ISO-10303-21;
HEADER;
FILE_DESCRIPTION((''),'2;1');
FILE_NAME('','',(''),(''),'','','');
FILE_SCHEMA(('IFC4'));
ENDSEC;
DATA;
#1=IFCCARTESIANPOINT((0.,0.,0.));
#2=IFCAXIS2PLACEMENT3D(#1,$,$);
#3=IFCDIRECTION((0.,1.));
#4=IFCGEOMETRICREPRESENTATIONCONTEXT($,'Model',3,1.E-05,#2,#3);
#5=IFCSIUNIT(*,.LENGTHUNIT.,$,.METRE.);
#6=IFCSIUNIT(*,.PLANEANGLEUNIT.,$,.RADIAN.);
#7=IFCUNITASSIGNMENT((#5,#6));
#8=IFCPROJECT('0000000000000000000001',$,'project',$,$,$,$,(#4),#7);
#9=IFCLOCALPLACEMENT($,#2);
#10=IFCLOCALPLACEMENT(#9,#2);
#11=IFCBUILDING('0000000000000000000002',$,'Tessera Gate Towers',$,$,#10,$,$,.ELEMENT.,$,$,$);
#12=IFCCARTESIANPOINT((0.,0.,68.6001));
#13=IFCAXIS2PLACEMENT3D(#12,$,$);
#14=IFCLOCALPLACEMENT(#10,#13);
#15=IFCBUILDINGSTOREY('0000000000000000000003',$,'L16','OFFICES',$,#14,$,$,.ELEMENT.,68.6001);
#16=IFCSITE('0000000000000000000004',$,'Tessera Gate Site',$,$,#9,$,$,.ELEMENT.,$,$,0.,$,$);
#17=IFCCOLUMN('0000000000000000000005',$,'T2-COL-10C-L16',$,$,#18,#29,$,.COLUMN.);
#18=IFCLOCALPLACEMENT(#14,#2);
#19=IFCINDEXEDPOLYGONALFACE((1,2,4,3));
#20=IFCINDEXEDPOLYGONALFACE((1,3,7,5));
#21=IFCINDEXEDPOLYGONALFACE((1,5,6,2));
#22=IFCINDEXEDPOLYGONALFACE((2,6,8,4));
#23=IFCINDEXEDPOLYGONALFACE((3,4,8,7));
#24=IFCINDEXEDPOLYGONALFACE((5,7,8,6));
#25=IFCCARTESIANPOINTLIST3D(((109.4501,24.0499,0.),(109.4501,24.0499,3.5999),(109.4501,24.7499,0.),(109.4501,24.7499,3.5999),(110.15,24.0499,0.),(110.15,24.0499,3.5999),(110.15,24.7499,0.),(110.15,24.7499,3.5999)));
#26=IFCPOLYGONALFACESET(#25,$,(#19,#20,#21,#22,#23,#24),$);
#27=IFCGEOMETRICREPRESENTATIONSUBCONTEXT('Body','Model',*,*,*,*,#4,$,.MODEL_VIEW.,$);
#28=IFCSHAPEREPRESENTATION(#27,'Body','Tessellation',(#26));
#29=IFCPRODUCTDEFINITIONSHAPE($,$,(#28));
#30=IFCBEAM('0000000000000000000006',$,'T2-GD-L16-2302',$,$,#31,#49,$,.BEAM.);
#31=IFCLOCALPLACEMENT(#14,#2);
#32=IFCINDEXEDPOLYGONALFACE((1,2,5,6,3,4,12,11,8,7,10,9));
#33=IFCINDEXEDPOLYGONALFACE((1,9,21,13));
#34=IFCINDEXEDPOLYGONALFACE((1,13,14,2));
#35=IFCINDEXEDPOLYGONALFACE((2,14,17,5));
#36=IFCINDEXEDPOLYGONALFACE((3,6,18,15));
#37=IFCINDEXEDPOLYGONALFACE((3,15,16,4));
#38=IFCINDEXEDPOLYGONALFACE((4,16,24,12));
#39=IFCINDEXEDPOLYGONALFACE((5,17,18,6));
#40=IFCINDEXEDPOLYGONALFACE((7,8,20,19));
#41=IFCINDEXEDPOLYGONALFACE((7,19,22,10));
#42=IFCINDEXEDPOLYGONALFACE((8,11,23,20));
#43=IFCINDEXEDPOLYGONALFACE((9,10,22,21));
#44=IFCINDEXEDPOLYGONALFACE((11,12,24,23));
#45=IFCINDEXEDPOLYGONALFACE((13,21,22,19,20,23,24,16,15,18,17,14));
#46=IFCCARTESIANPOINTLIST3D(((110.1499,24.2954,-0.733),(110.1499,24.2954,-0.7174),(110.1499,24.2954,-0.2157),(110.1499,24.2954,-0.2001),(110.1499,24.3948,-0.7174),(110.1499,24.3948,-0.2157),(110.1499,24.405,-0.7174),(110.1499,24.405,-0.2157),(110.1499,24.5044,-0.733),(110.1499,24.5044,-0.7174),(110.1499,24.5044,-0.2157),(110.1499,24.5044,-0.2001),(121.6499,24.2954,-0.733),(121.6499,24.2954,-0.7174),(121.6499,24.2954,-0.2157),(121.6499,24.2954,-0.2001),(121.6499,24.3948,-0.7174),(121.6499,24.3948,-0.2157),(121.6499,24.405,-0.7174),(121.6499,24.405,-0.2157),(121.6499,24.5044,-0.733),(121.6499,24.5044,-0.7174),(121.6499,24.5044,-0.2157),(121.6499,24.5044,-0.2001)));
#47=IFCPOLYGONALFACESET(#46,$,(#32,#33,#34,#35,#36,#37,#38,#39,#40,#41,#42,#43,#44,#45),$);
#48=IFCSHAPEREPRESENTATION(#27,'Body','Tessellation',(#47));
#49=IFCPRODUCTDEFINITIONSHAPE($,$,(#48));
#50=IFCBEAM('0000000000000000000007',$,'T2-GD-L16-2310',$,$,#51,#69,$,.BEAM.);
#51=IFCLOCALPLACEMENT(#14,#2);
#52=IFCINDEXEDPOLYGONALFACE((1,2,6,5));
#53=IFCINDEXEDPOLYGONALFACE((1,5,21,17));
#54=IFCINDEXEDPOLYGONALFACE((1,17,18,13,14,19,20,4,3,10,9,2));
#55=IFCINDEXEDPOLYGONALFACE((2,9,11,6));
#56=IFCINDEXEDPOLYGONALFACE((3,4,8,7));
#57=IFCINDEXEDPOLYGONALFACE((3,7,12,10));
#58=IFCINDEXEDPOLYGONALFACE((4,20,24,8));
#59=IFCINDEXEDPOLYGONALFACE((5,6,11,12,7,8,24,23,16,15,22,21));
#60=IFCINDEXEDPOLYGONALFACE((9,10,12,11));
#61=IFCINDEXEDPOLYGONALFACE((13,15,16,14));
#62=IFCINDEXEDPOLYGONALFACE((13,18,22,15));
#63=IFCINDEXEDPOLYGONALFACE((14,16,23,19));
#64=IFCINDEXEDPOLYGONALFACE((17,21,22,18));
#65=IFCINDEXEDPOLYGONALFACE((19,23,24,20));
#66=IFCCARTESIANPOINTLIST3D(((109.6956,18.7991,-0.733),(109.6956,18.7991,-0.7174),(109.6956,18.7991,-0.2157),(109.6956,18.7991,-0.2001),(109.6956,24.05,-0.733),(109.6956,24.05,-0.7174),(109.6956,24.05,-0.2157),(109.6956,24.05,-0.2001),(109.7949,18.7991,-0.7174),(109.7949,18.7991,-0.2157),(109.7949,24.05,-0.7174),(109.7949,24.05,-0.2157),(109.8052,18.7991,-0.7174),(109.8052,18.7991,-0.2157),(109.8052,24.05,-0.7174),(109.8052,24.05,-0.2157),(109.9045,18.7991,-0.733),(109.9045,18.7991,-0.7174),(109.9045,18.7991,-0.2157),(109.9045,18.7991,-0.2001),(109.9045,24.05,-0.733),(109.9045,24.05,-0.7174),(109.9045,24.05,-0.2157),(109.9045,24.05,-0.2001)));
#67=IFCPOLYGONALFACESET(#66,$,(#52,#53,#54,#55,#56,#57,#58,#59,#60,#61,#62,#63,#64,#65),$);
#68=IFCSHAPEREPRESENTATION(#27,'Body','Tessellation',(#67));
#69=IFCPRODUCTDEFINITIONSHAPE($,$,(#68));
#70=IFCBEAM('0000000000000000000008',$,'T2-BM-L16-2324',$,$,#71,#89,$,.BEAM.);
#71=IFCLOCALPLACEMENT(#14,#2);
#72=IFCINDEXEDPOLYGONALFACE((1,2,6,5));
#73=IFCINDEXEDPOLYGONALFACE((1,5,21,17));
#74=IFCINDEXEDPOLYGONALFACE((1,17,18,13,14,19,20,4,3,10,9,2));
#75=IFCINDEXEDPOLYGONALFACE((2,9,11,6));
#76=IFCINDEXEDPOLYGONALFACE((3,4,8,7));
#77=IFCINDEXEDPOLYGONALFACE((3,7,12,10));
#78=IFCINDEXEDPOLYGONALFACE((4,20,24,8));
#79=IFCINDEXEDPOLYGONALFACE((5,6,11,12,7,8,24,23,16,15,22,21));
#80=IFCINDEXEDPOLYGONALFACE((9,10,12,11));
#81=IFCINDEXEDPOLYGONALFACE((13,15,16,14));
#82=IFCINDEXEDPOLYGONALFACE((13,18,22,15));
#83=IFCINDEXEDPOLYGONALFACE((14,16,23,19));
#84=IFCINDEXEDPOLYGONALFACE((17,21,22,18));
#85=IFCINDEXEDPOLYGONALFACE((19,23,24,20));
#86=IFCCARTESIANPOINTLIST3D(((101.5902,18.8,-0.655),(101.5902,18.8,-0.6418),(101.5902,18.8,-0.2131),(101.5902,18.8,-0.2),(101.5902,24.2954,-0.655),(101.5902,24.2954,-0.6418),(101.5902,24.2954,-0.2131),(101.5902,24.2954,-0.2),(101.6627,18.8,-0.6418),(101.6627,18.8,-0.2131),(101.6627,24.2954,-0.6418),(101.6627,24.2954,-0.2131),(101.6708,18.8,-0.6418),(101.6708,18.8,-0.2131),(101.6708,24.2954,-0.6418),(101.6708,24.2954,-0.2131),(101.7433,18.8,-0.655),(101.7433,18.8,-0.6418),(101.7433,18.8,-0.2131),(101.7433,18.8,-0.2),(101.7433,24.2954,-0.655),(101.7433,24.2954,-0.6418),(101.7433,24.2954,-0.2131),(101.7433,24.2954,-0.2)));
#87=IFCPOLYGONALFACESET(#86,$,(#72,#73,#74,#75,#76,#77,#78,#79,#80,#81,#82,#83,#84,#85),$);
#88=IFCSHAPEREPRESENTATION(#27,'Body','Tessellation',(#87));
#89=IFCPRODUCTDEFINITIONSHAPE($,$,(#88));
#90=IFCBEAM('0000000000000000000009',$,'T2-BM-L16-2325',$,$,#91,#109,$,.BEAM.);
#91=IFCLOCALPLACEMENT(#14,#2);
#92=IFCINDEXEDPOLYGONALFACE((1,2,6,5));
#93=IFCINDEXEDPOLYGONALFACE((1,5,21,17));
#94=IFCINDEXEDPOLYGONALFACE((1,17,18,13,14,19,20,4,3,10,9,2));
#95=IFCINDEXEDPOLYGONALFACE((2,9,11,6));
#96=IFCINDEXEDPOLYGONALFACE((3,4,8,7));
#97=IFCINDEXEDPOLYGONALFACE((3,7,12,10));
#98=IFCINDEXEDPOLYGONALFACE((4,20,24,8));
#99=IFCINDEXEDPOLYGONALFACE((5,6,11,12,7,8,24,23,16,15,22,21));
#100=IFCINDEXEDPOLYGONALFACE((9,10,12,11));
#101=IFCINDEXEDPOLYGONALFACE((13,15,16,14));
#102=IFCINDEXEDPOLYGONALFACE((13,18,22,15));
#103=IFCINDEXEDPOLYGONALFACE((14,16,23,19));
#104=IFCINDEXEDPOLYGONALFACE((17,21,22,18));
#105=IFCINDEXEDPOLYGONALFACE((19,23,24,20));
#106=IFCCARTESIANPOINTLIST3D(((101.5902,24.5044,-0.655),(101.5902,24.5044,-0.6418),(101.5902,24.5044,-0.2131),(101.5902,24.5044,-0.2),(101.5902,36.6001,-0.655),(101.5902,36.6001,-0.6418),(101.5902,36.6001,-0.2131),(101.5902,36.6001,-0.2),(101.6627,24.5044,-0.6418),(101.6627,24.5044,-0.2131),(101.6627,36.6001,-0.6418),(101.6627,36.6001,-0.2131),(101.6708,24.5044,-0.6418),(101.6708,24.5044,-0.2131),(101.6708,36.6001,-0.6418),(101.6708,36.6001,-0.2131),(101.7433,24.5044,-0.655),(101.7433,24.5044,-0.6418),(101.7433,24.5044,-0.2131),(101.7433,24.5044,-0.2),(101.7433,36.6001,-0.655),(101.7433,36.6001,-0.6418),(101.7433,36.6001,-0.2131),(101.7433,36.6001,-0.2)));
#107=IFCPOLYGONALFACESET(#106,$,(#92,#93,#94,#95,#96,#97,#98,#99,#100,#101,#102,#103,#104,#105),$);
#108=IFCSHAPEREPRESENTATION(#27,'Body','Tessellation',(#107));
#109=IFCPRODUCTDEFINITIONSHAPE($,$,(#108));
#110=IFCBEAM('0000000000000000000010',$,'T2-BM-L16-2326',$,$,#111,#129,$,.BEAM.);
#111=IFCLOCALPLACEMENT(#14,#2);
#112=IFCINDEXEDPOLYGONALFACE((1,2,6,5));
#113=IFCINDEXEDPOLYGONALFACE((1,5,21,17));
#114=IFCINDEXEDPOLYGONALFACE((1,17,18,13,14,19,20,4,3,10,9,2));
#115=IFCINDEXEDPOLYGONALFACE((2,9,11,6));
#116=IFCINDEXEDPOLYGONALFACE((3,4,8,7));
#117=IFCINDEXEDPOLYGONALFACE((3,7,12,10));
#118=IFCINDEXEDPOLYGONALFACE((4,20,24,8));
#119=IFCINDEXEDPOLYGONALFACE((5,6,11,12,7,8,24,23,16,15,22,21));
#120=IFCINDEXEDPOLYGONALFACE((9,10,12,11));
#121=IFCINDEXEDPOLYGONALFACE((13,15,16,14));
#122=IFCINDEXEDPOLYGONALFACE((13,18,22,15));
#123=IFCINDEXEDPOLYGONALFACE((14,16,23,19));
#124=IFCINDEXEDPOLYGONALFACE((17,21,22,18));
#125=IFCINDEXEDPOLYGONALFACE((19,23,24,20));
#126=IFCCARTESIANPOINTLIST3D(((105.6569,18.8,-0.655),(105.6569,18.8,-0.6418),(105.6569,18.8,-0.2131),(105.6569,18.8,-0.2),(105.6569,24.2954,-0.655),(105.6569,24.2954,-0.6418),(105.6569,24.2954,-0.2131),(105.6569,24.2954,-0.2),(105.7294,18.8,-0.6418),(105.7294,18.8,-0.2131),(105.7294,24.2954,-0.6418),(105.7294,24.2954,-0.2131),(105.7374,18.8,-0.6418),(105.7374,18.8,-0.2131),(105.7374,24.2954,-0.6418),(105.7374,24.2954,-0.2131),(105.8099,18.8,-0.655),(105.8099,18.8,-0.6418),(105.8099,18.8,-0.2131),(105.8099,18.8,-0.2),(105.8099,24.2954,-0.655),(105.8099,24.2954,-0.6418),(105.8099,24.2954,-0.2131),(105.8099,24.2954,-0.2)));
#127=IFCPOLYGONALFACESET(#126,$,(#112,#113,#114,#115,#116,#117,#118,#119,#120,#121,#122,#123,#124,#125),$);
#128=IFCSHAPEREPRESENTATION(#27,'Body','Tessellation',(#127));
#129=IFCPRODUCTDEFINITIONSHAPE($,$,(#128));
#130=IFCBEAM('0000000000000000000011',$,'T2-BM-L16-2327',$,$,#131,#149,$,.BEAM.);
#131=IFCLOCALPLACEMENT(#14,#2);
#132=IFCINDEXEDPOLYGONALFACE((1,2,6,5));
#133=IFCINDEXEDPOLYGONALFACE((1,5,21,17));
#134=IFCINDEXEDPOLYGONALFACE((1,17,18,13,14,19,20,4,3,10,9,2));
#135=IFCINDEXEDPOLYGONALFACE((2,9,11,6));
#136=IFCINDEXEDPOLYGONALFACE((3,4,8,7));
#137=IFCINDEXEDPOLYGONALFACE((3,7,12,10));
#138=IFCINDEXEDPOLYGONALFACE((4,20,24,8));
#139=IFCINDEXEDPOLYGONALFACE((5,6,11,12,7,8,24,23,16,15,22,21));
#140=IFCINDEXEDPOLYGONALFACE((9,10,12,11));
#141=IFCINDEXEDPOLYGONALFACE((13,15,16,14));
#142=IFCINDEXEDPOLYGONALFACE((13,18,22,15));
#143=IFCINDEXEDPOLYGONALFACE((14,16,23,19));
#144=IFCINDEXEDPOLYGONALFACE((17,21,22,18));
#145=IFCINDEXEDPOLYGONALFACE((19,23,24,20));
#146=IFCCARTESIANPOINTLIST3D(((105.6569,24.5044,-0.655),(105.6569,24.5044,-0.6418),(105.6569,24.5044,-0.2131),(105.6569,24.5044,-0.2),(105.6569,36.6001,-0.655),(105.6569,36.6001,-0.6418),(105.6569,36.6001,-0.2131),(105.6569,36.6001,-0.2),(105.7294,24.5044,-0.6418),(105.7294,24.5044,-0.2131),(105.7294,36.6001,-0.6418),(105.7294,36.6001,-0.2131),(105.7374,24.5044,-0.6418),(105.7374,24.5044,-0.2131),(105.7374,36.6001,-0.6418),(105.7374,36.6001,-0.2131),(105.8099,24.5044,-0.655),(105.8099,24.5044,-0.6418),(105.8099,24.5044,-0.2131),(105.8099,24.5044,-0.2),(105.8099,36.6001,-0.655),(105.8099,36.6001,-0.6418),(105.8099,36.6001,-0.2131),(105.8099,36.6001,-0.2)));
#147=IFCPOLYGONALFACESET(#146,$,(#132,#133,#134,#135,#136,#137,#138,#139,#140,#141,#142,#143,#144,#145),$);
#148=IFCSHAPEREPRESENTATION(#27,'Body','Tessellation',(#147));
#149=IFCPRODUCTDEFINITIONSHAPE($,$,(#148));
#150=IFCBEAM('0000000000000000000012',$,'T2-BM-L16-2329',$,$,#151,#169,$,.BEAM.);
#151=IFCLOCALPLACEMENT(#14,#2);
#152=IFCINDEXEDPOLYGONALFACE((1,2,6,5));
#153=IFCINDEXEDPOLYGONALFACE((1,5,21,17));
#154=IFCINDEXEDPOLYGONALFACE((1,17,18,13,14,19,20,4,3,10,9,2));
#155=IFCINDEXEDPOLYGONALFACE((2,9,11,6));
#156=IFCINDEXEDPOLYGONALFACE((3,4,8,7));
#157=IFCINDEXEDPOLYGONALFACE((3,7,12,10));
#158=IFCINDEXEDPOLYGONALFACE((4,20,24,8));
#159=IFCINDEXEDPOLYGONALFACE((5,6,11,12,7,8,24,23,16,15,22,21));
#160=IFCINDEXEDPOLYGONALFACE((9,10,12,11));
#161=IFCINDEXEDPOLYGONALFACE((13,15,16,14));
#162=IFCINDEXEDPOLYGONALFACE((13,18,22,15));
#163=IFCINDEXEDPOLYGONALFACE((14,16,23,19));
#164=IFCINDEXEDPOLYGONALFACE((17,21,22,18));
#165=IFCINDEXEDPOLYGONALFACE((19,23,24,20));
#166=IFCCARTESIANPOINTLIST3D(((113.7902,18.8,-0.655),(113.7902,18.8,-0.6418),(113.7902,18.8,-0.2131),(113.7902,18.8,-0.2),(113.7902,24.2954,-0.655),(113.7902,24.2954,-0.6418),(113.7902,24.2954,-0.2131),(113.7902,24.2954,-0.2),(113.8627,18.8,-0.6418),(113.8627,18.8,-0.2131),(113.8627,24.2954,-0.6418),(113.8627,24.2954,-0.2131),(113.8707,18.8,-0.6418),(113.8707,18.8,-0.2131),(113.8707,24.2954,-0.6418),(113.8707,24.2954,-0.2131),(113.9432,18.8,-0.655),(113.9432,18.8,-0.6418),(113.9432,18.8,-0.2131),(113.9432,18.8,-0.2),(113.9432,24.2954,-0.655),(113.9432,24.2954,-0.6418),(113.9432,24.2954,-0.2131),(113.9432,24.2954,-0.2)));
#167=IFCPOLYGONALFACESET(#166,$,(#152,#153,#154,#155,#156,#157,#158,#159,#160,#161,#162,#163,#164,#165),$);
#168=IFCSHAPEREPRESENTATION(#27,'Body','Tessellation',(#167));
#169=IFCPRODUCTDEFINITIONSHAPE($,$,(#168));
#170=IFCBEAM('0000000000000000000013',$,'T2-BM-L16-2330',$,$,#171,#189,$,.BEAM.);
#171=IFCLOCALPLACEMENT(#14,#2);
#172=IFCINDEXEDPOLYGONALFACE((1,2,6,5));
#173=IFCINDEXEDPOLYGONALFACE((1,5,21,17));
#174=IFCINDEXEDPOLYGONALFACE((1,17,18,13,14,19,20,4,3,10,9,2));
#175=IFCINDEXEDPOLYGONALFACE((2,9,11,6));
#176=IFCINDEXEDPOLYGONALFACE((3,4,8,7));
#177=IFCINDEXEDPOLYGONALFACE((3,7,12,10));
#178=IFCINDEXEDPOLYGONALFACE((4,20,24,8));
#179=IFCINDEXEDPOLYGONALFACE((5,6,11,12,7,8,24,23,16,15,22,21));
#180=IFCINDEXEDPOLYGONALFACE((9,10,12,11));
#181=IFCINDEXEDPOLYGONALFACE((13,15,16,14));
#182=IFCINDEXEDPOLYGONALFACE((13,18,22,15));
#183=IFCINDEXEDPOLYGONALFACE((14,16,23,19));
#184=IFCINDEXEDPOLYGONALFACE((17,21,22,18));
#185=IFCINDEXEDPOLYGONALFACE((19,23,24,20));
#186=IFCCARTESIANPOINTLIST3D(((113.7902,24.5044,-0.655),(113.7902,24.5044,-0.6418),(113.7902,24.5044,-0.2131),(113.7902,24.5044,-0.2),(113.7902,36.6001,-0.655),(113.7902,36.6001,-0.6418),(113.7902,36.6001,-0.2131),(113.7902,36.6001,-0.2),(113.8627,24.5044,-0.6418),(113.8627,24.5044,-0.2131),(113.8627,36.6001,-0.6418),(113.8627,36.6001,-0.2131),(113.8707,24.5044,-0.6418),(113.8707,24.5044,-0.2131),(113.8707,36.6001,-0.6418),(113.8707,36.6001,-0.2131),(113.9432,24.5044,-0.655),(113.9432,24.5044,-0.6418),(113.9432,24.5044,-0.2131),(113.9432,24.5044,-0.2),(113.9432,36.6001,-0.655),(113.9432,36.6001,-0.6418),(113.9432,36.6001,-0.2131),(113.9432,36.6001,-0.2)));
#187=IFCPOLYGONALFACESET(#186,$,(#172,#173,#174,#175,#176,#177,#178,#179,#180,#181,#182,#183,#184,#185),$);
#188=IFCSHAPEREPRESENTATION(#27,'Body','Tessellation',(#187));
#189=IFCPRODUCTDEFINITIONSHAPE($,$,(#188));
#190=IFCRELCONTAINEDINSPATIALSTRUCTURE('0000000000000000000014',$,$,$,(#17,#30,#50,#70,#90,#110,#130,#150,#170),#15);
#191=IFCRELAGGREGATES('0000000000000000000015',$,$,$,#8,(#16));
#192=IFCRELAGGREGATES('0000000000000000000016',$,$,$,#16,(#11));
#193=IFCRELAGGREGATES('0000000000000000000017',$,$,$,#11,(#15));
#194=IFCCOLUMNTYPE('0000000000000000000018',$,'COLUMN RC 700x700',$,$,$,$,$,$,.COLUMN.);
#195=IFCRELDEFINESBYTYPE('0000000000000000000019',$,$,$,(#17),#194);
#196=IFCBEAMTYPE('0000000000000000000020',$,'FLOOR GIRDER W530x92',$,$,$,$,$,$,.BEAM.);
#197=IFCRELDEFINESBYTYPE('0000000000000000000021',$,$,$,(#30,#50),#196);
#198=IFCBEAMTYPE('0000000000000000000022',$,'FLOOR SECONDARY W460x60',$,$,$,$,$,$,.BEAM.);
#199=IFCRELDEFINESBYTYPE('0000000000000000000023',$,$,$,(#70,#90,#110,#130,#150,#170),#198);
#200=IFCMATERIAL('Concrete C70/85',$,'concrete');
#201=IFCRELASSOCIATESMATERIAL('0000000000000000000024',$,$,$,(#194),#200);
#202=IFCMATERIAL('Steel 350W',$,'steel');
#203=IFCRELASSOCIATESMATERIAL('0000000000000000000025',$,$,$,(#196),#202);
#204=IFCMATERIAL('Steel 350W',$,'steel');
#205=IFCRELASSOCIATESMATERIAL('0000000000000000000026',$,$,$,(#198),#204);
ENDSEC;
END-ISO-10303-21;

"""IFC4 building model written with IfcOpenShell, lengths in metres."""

from ifc_helpers import new_model, si_unit, direction, frame, origin, origin_2d, place, context, subcontext, project, spatial, rectangle, i_section, extrude, material, material_profile, profile_set, type_object, element, save


model = new_model("IFC4")

# Units and contexts
model_context = context("Model", 3, precision=1e-05, world=origin(), true_north=direction((0.0, 1.0)))
body_context = subcontext(model_context, "Body", "Model", "MODEL_VIEW")
ifc_project = project(units=[si_unit("LENGTHUNIT", "METRE"), si_unit("PLANEANGLEUNIT", "RADIAN")], contexts=[model_context])

# Site, building, storey
site_placement = place(None, origin())
site = spatial("IfcSite", under=ifc_project, at=site_placement, Name="Tessera Gate Site", CompositionType="ELEMENT", RefElevation=0.0)
building_placement = place(site_placement, origin())
building = spatial("IfcBuilding", under=site, at=building_placement, Name="Tessera Gate Towers", CompositionType="ELEMENT")
storey_placement = place(building_placement, frame((0.0, 0.0, 68.6001)))
storey = spatial("IfcBuildingStorey", under=building, at=storey_placement, Name="L16", Description="OFFICES", CompositionType="ELEMENT", Elevation=68.6001)

# Column
ifc_material_1 = material(Name="Concrete C70/85", Category="concrete")
ifc_material_profile_1 = material_profile(ifc_material_1, rectangle(XDim=0.7, YDim=0.7, at=origin_2d()), Name="RC 700x700")
ifc_profile_set_1 = profile_set([ifc_material_profile_1], Name="Concrete C70/85")
column_type = type_object("IfcColumnType", Name="COLUMN RC 700x700", PredefinedType="COLUMN", material=ifc_profile_set_1)
column_placement = place(storey_placement, frame((109.8, 24.3999, 0.0), z_axis=(0.0, 0.0, 1.0), x_axis=(1.0, 0.0, 0.0)))
element("IfcColumn", 1, at=column_placement, inside=storey, type_object=column_type, Name="T2-COL-10C-L16", PredefinedType="COLUMN", context=body_context, shape_type="SweptSolid", body=[
    extrude(rectangle(XDim=0.7, YDim=0.7, at=origin_2d()), origin(), (0.0, 0.0, 1.0), 3.5999),
])

# Beams
ifc_material_2 = material(Name="Steel 350W", Category="steel")
ifc_material_profile_2 = material_profile(ifc_material_2, i_section(OverallWidth=0.209, OverallDepth=0.533, WebThickness=0.0103, FlangeThickness=0.0156, at=origin_2d()), Name="W530x92")
ifc_profile_set_2 = profile_set([ifc_material_profile_2], Name="Steel 350W")
beam_type_1 = type_object("IfcBeamType", Name="FLOOR GIRDER W530x92", PredefinedType="BEAM", material=ifc_profile_set_2)
beam_1_placement = place(storey_placement, frame((110.1499, 24.3999, -0.4666), z_axis=(1.0, 0.0, 0.0), x_axis=(0.0, 1.0, 0.0)))
element("IfcBeam", 2, at=beam_1_placement, inside=storey, type_object=beam_type_1, Name="T2-GD-L16-2302", PredefinedType="BEAM", context=body_context, shape_type="SweptSolid", body=[
    extrude(i_section(OverallWidth=0.209, OverallDepth=0.533, WebThickness=0.0103, FlangeThickness=0.0156, at=origin_2d()), origin(), (0.0, 0.0, 1.0), 11.5),
])
beam_2_placement = place(storey_placement, frame((109.8, 18.7991, -0.4666), z_axis=(0.0, 1.0, 0.0), x_axis=(-1.0, 0.0, 0.0)))
element("IfcBeam", 3, at=beam_2_placement, inside=storey, type_object=beam_type_1, Name="T2-GD-L16-2310", PredefinedType="BEAM", context=body_context, shape_type="SweptSolid", body=[
    extrude(i_section(OverallWidth=0.209, OverallDepth=0.533, WebThickness=0.0103, FlangeThickness=0.0156, at=origin_2d()), origin(), (0.0, 0.0, 1.0), 5.251),
])
ifc_material_3 = material(Name="Steel 350W", Category="steel")
ifc_material_profile_3 = material_profile(ifc_material_3, i_section(OverallWidth=0.1531, OverallDepth=0.4551, WebThickness=0.0081, FlangeThickness=0.0132, at=origin_2d()), Name="W460x60")
ifc_profile_set_3 = profile_set([ifc_material_profile_3], Name="Steel 350W")
beam_type_2 = type_object("IfcBeamType", Name="FLOOR SECONDARY W460x60", PredefinedType="BEAM", material=ifc_profile_set_3)
beam_3_placement = place(storey_placement, frame((101.6667, 18.8, -0.4275), z_axis=(0.0, 1.0, 0.0), x_axis=(-1.0, 0.0, 0.0)))
element("IfcBeam", 4, at=beam_3_placement, inside=storey, type_object=beam_type_2, Name="T2-BM-L16-2324", PredefinedType="BEAM", context=body_context, shape_type="SweptSolid", body=[
    extrude(i_section(OverallWidth=0.1531, OverallDepth=0.4551, WebThickness=0.0081, FlangeThickness=0.0132, at=origin_2d()), origin(), (0.0, 0.0, 1.0), 5.4954),
])
beam_4_placement = place(storey_placement, frame((101.6667, 24.5044, -0.4275), z_axis=(0.0, 1.0, 0.0), x_axis=(-1.0, 0.0, 0.0)))
element("IfcBeam", 5, at=beam_4_placement, inside=storey, type_object=beam_type_2, Name="T2-BM-L16-2325", PredefinedType="BEAM", context=body_context, shape_type="SweptSolid", body=[
    extrude(i_section(OverallWidth=0.1531, OverallDepth=0.4551, WebThickness=0.0081, FlangeThickness=0.0132, at=origin_2d()), origin(), (0.0, 0.0, 1.0), 12.0957),
])
beam_5_placement = place(storey_placement, frame((105.7334, 18.8, -0.4275), z_axis=(0.0, 1.0, 0.0), x_axis=(-1.0, 0.0, 0.0)))
element("IfcBeam", 6, at=beam_5_placement, inside=storey, type_object=beam_type_2, Name="T2-BM-L16-2326", PredefinedType="BEAM", context=body_context, shape_type="SweptSolid", body=[
    extrude(i_section(OverallWidth=0.1531, OverallDepth=0.4551, WebThickness=0.0081, FlangeThickness=0.0132, at=origin_2d()), origin(), (0.0, 0.0, 1.0), 5.4954),
])
beam_6_placement = place(storey_placement, frame((105.7334, 24.5044, -0.4275), z_axis=(0.0, 1.0, 0.0), x_axis=(-1.0, 0.0, 0.0)))
element("IfcBeam", 7, at=beam_6_placement, inside=storey, type_object=beam_type_2, Name="T2-BM-L16-2327", PredefinedType="BEAM", context=body_context, shape_type="SweptSolid", body=[
    extrude(i_section(OverallWidth=0.1531, OverallDepth=0.4551, WebThickness=0.0081, FlangeThickness=0.0132, at=origin_2d()), origin(), (0.0, 0.0, 1.0), 12.0957),
])
beam_7_placement = place(storey_placement, frame((113.8667, 18.8, -0.4275), z_axis=(0.0, 1.0, 0.0), x_axis=(-1.0, 0.0, 0.0)))
element("IfcBeam", 8, at=beam_7_placement, inside=storey, type_object=beam_type_2, Name="T2-BM-L16-2329", PredefinedType="BEAM", context=body_context, shape_type="SweptSolid", body=[
    extrude(i_section(OverallWidth=0.1531, OverallDepth=0.4551, WebThickness=0.0081, FlangeThickness=0.0132, at=origin_2d()), origin(), (0.0, 0.0, 1.0), 5.4954),
])
beam_8_placement = place(storey_placement, frame((113.8667, 24.5044, -0.4275), z_axis=(0.0, 1.0, 0.0), x_axis=(-1.0, 0.0, 0.0)))
element("IfcBeam", 9, at=beam_8_placement, inside=storey, type_object=beam_type_2, Name="T2-BM-L16-2330", PredefinedType="BEAM", context=body_context, shape_type="SweptSolid", body=[
    extrude(i_section(OverallWidth=0.1531, OverallDepth=0.4551, WebThickness=0.0081, FlangeThickness=0.0132, at=origin_2d()), origin(), (0.0, 0.0, 1.0), 12.0957),
])

save(model, "model.ifc")
